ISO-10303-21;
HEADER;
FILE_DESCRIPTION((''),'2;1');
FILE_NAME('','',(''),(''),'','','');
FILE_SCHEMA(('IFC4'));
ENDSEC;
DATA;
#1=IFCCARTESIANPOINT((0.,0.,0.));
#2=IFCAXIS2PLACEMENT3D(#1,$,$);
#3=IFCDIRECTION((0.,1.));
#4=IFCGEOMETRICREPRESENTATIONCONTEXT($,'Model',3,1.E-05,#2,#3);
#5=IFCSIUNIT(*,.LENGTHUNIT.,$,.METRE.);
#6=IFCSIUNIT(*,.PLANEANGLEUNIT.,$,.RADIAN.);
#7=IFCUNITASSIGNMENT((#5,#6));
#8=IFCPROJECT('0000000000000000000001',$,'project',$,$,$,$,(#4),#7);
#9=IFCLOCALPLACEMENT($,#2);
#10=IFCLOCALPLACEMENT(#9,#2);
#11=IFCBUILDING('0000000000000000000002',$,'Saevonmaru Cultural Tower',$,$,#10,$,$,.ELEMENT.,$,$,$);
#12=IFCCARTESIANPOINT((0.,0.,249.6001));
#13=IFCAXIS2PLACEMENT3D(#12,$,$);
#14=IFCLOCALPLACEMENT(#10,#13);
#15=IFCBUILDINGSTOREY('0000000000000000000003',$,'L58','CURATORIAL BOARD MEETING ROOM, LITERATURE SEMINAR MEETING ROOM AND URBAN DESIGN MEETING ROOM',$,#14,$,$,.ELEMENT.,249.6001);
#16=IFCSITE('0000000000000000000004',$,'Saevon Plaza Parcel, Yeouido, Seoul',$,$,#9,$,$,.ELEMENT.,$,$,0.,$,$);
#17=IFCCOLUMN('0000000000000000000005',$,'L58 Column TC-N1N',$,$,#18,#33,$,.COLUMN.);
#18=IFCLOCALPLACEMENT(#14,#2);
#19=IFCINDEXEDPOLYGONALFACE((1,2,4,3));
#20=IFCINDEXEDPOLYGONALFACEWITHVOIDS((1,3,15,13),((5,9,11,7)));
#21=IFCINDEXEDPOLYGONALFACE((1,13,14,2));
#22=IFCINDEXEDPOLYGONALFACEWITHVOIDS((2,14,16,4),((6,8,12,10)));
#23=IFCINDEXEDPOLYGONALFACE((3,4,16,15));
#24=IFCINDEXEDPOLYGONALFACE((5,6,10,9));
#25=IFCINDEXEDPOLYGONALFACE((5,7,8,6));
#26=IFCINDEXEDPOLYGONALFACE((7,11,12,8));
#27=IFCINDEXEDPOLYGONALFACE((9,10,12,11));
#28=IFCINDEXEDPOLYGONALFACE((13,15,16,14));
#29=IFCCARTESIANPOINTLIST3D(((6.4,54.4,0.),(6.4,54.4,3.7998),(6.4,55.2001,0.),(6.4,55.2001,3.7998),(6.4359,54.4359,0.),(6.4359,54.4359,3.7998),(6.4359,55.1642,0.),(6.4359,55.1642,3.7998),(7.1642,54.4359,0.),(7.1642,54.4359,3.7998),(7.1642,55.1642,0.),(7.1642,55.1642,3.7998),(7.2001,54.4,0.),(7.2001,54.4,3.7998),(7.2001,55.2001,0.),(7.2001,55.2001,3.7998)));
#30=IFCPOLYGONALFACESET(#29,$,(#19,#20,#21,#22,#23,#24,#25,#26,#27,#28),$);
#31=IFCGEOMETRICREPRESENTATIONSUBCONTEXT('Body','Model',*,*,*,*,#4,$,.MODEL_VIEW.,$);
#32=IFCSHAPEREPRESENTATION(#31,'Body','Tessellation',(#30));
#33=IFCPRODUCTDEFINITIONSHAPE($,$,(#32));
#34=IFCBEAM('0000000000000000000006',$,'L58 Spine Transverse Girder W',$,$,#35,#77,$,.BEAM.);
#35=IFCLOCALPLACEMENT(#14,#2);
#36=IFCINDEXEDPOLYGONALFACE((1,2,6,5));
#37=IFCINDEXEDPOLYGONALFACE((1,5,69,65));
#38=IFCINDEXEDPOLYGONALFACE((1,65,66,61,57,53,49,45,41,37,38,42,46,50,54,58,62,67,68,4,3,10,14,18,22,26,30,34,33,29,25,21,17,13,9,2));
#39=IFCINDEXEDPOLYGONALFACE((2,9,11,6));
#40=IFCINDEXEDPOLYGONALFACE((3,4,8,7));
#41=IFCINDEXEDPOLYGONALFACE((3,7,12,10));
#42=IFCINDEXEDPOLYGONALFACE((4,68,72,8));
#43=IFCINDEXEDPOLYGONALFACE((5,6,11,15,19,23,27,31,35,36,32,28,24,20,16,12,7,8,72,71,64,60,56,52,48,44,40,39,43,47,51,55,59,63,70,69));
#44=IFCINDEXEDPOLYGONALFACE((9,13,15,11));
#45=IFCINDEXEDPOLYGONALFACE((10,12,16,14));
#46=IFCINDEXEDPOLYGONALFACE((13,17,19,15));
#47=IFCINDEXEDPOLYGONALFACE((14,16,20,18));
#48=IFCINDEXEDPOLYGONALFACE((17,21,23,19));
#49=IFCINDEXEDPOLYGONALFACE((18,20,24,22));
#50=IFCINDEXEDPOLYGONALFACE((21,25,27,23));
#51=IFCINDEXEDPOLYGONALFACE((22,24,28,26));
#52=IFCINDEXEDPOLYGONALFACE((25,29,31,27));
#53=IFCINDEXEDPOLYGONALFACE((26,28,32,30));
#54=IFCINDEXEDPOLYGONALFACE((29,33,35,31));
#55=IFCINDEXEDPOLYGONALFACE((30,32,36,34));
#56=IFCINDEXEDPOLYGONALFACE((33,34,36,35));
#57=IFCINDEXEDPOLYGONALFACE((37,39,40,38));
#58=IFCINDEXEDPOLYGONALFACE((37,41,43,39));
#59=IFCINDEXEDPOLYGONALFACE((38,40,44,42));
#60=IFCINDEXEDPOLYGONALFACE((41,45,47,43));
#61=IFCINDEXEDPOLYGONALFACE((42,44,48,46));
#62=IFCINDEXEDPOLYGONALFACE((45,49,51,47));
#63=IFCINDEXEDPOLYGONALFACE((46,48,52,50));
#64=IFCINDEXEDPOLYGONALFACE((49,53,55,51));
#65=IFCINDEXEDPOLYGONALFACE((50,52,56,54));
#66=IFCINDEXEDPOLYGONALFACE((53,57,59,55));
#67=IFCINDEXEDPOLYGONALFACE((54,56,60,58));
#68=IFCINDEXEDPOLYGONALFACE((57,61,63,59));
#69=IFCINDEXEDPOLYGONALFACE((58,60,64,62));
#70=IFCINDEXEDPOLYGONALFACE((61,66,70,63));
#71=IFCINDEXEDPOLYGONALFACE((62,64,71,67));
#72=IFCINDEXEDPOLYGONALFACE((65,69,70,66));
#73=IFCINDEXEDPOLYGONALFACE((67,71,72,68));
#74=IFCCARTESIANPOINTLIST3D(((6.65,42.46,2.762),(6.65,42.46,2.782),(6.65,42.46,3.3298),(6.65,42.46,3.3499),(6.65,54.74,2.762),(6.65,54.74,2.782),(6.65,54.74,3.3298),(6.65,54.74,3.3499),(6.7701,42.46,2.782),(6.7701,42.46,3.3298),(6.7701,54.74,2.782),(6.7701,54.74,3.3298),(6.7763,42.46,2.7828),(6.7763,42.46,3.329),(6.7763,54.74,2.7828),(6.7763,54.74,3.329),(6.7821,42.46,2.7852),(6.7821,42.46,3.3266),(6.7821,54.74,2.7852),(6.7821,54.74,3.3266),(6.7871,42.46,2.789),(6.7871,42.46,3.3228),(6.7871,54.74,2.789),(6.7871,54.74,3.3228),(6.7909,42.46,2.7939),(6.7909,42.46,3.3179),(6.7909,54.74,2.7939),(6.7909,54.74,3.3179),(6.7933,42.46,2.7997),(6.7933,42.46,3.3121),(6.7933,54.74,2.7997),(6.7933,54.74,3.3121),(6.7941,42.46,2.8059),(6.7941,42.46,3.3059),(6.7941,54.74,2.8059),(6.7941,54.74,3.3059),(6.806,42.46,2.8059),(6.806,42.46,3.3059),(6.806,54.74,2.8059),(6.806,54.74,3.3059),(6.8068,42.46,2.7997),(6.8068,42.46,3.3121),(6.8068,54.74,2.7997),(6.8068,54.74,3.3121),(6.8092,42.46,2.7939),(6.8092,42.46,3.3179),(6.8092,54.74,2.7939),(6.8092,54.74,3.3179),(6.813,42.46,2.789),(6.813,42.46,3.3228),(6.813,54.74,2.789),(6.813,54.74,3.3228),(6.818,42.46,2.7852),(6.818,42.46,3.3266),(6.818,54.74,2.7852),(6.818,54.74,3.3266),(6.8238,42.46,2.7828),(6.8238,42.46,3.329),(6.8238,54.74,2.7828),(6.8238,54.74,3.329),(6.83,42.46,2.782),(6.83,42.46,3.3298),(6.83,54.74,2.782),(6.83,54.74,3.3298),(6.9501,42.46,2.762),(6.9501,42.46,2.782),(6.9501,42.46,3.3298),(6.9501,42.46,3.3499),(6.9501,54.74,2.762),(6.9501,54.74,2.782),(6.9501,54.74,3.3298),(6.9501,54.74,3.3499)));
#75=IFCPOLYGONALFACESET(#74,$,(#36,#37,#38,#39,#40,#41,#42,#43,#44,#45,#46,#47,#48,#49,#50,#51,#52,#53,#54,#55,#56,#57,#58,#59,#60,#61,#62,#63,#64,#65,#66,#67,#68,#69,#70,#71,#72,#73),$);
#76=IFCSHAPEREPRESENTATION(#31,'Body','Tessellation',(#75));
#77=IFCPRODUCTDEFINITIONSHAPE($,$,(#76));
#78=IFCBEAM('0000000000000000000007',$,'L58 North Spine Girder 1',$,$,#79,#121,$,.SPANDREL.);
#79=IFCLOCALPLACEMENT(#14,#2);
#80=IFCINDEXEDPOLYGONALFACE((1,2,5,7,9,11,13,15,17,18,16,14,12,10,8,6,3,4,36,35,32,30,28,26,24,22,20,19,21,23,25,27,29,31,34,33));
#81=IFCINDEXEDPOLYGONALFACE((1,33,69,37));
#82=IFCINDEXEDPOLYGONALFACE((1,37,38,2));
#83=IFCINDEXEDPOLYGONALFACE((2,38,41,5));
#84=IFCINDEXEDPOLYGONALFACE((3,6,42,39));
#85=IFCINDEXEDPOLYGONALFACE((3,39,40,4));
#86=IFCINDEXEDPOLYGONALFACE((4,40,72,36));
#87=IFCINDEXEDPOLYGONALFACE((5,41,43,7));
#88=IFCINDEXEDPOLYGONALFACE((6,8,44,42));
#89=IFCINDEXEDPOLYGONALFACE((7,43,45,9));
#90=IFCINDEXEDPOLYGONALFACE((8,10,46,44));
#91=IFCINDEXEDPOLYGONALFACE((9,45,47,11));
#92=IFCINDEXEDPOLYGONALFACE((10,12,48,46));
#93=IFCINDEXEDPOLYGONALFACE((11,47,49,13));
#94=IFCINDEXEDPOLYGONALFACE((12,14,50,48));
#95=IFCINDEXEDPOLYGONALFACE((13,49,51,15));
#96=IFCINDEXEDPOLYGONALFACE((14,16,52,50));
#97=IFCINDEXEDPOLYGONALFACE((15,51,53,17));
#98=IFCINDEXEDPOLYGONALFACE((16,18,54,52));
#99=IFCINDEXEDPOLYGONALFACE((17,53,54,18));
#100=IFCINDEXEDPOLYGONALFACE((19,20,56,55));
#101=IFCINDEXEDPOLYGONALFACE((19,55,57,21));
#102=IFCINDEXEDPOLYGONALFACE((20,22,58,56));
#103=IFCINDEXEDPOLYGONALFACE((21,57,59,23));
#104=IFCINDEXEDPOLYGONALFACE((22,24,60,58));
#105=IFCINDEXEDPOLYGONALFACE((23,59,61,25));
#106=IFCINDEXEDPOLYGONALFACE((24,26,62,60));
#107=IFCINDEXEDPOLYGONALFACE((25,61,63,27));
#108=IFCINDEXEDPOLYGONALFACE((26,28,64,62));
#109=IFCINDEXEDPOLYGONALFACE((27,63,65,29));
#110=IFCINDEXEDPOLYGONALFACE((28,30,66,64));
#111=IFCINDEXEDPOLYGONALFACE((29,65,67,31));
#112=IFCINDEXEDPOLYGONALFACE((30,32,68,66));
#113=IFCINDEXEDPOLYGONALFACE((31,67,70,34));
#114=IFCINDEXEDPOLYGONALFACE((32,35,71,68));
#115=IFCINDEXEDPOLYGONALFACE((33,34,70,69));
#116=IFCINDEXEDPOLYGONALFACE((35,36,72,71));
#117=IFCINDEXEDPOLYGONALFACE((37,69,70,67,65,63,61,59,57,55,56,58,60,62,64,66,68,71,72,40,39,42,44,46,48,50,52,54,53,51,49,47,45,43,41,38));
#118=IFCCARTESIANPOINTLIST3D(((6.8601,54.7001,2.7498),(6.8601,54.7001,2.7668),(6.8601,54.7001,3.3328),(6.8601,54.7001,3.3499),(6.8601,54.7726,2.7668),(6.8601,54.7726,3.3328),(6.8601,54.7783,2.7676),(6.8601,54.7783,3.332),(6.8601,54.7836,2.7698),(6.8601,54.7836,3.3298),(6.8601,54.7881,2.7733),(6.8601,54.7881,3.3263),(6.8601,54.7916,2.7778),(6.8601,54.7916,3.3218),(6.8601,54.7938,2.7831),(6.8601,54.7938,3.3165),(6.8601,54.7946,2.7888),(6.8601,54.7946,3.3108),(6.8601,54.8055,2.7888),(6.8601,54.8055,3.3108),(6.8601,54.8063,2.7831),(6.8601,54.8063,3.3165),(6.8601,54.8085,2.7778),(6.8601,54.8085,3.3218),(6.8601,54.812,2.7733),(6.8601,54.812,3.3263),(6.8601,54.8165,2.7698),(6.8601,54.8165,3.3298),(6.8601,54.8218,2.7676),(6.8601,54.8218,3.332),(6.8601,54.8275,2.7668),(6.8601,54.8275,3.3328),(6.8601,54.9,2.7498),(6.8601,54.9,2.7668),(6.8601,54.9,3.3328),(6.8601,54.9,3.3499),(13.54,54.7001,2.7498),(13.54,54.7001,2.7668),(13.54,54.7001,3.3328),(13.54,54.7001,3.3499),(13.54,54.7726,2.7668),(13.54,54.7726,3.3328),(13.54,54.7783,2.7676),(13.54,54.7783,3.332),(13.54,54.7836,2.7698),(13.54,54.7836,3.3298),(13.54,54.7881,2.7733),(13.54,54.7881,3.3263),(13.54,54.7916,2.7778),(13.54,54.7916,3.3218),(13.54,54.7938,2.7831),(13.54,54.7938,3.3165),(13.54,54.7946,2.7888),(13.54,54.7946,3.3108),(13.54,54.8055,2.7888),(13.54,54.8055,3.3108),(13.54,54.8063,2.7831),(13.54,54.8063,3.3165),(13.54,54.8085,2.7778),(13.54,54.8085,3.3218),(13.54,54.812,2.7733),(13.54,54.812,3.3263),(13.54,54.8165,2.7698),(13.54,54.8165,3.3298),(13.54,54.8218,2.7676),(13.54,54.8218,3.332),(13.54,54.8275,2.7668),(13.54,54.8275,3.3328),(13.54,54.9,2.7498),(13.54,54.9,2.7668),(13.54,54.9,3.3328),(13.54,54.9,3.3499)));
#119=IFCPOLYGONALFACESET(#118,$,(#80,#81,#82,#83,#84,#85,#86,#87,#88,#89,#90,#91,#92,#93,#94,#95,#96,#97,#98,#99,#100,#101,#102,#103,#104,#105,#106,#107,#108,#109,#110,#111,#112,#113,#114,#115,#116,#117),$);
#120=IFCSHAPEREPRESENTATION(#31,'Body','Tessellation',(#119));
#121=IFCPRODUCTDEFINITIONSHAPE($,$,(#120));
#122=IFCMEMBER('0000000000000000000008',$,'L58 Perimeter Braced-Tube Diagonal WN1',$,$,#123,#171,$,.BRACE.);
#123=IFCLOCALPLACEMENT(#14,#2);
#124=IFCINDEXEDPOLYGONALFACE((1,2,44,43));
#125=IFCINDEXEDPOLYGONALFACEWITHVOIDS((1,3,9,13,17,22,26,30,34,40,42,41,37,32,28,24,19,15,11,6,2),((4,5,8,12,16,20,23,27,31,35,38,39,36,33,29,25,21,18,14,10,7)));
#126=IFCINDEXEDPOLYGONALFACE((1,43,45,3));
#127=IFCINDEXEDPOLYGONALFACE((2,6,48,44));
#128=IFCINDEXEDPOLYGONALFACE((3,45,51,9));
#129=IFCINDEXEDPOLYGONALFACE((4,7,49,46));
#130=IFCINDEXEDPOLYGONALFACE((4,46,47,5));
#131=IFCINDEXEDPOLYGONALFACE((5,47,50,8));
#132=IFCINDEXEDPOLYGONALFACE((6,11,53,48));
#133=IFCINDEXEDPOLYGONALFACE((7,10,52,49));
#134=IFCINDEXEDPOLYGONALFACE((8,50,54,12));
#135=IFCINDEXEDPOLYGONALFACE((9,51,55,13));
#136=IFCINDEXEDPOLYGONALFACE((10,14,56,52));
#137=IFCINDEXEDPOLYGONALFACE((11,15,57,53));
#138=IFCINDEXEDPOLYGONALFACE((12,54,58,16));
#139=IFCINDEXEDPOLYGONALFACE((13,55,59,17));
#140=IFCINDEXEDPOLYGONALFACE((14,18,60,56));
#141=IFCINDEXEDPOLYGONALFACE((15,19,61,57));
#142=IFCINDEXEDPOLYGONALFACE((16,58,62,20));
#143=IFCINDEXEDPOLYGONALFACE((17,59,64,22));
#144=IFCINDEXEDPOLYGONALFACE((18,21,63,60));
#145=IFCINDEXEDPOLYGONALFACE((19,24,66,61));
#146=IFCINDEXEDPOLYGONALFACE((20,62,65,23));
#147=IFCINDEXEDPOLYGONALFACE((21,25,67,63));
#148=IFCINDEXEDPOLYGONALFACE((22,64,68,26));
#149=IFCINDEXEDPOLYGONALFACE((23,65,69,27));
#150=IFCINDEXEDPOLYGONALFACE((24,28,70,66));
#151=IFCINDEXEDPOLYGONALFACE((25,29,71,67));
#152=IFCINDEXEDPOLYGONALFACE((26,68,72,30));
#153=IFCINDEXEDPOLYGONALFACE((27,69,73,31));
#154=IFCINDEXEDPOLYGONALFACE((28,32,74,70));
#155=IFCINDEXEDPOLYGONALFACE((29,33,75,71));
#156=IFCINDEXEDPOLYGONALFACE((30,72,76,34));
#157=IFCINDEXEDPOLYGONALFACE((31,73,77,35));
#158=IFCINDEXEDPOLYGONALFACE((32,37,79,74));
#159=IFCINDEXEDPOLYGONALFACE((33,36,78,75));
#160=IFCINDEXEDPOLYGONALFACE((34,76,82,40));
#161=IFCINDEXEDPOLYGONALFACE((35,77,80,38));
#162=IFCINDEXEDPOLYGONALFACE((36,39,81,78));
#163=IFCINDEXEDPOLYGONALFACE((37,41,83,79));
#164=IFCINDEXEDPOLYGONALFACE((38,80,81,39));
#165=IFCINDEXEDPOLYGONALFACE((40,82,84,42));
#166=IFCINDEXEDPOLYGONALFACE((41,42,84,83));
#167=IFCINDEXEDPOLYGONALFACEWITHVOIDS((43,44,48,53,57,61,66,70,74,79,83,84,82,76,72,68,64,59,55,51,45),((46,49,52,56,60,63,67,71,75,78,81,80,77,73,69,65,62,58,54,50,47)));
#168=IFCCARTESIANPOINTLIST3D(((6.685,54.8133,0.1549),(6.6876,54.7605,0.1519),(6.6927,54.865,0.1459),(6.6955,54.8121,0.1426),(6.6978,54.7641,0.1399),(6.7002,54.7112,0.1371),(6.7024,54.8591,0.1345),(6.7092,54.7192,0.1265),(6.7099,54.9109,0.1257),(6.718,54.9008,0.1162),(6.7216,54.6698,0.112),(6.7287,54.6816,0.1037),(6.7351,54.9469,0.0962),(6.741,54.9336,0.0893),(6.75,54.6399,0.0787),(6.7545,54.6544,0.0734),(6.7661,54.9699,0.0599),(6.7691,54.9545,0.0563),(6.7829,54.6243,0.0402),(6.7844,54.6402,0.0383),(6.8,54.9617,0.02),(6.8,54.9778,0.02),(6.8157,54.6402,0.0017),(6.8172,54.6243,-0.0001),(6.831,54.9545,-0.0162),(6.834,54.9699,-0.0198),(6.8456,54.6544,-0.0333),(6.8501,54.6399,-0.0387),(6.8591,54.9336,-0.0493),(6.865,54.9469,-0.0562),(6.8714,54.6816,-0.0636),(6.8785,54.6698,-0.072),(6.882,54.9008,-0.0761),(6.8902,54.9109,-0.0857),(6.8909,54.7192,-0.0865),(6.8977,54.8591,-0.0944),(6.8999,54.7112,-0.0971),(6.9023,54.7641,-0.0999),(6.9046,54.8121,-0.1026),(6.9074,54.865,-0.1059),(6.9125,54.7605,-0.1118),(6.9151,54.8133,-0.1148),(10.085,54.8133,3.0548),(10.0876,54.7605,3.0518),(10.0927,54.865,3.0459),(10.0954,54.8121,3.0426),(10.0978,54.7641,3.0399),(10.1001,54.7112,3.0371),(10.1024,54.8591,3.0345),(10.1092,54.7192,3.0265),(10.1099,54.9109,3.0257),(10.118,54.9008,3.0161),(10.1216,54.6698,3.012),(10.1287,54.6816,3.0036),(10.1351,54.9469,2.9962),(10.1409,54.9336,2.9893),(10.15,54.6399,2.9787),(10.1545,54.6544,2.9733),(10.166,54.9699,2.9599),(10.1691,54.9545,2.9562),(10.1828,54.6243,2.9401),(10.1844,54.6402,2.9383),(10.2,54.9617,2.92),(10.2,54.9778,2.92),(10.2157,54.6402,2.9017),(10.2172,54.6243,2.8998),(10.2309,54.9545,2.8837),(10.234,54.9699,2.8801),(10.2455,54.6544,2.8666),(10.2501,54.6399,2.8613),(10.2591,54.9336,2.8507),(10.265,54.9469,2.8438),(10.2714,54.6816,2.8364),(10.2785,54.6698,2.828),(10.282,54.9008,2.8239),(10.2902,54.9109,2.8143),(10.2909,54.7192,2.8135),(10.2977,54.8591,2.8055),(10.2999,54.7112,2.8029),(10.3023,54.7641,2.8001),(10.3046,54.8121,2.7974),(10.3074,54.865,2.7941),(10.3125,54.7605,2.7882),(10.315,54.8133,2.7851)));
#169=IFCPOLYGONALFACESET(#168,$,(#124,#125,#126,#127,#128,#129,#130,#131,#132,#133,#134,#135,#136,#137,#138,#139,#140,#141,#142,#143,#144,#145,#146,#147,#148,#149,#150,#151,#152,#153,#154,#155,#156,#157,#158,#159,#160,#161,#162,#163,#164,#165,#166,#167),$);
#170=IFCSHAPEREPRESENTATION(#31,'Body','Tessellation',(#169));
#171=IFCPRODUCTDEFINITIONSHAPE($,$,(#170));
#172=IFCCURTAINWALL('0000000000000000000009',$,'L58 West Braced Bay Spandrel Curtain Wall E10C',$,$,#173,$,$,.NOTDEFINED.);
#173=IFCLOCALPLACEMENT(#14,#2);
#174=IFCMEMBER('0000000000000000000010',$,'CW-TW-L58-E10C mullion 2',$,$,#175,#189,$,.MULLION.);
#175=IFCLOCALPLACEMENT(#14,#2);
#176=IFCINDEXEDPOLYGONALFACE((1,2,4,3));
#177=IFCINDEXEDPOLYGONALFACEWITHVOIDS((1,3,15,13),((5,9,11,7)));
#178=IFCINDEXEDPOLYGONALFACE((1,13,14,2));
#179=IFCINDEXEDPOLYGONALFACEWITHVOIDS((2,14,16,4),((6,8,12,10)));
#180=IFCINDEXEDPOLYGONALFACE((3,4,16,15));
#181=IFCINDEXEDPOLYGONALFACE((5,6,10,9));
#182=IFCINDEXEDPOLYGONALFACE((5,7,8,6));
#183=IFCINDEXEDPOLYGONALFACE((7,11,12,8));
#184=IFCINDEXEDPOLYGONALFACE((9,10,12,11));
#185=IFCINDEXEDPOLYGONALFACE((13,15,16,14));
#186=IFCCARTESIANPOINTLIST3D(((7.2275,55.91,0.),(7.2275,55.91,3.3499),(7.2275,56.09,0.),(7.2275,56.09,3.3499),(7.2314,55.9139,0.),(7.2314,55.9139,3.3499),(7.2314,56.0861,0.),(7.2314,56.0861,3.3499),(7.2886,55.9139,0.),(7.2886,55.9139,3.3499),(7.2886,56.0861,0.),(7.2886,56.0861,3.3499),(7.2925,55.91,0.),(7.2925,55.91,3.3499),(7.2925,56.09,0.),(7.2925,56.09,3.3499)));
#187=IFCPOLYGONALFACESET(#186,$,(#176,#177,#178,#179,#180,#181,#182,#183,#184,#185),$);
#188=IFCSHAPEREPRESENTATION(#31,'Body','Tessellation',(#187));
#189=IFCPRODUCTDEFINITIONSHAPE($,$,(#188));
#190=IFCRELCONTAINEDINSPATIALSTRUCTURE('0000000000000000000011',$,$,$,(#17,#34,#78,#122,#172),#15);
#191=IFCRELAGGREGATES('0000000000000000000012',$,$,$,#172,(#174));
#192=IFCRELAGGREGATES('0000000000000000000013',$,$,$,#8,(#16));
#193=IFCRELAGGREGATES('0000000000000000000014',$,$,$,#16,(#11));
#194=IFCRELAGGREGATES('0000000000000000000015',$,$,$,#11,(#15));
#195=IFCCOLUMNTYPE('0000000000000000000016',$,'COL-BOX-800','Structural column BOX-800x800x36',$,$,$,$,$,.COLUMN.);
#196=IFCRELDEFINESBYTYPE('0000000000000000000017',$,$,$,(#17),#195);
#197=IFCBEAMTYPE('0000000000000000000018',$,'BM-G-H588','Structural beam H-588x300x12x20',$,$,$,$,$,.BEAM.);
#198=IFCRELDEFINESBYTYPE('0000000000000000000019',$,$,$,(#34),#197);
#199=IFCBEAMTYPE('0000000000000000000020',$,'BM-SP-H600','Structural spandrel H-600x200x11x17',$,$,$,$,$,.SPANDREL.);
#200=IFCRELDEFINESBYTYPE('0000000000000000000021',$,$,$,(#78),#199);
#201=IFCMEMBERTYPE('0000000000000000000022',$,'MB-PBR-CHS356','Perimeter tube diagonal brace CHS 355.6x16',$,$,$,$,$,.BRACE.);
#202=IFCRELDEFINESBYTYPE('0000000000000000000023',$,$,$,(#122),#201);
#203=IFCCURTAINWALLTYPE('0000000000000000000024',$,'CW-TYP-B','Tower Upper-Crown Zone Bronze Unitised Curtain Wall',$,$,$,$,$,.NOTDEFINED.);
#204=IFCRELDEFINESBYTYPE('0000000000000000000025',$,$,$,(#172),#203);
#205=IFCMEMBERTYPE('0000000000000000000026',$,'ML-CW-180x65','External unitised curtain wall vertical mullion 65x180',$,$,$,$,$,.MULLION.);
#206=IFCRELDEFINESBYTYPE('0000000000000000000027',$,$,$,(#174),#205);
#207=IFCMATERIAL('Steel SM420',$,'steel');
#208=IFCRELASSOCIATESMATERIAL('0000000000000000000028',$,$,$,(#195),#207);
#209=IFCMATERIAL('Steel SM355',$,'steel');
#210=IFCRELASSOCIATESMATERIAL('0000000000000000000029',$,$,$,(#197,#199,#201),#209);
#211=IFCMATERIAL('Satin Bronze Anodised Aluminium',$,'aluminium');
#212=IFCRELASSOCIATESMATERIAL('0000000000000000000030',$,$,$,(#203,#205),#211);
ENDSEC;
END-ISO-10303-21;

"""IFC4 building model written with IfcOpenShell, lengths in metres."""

from ifc_helpers import new_model, si_unit, direction, frame, origin, origin_2d, place, context, subcontext, project, spatial, hollow_rectangle, hollow_circle, i_section, extrude, material, material_profile, profile_set, type_object, element, aggregate, save


model = new_model("IFC4")

# Units and contexts
model_context = context("Model", 3, precision=1e-05, world=origin(), true_north=direction((0.0, 1.0)))
body_context = subcontext(model_context, "Body", "Model", "MODEL_VIEW")
ifc_project = project(units=[si_unit("LENGTHUNIT", "METRE"), si_unit("PLANEANGLEUNIT", "RADIAN")], contexts=[model_context])

# Site, building, storey
site_placement = place(None, origin())
site = spatial("IfcSite", under=ifc_project, at=site_placement, Name="Saevon Plaza Parcel, Yeouido, Seoul", CompositionType="ELEMENT", RefElevation=0.0)
building_placement = place(site_placement, origin())
building = spatial("IfcBuilding", under=site, at=building_placement, Name="Saevonmaru Cultural Tower", CompositionType="ELEMENT")
storey_placement = place(building_placement, frame((0.0, 0.0, 249.6001)))
storey = spatial("IfcBuildingStorey", under=building, at=storey_placement, Name="L58", Description="CURATORIAL BOARD MEETING ROOM, LITERATURE SEMINAR MEETING ROOM AND URBAN DESIGN MEETING ROOM", CompositionType="ELEMENT", Elevation=249.6001)

# Column
ifc_material_1 = material(Name="Steel SM420", Category="steel")
ifc_material_profile_1 = material_profile(ifc_material_1, hollow_rectangle(XDim=0.8, YDim=0.8, WallThickness=0.0359, at=origin_2d()), Name="BOX-800x800x36")
ifc_profile_set_1 = profile_set([ifc_material_profile_1], Name="Steel SM420")
column_type = type_object("IfcColumnType", Name="COL-BOX-800", Description="Structural column BOX-800x800x36", PredefinedType="COLUMN", material=ifc_profile_set_1)
column_placement = place(storey_placement, frame((6.8, 54.8, 0.0), z_axis=(0.0, 0.0, 1.0), x_axis=(1.0, 0.0, 0.0)))
element("IfcColumn", 1, at=column_placement, inside=storey, type_object=column_type, Name="L58 Column TC-N1N", PredefinedType="COLUMN", context=body_context, shape_type="SweptSolid", body=[
    extrude(hollow_rectangle(XDim=0.8, YDim=0.8, WallThickness=0.0359, at=origin_2d()), origin(), (0.0, 0.0, 1.0), 3.7998),
])

# Beams
ifc_material_2 = material(Name="Steel SM355", Category="steel")
ifc_material_profile_2 = material_profile(ifc_material_2, i_section(OverallWidth=0.3, OverallDepth=0.5879, WebThickness=0.012, FlangeThickness=0.02, FilletRadius=0.0239, at=origin_2d()), Name="H-588x300x12x20")
ifc_profile_set_2 = profile_set([ifc_material_profile_2], Name="Steel SM355")
beam_type_1 = type_object("IfcBeamType", Name="BM-G-H588", Description="Structural beam H-588x300x12x20", PredefinedType="BEAM", material=ifc_profile_set_2)
beam_1_placement = place(storey_placement, frame((6.8, 54.74, 3.0559), z_axis=(0.0, -1.0, 0.0), x_axis=(1.0, 0.0, 0.0)))
element("IfcBeam", 2, at=beam_1_placement, inside=storey, type_object=beam_type_1, Name="L58 Spine Transverse Girder W", PredefinedType="BEAM", context=body_context, shape_type="SweptSolid", body=[
    extrude(i_section(OverallWidth=0.3, OverallDepth=0.5879, WebThickness=0.012, FlangeThickness=0.02, FilletRadius=0.0239, at=origin_2d()), origin(), (0.0, 0.0, 1.0), 12.28),
])
ifc_material_profile_3 = material_profile(ifc_material_2, i_section(OverallWidth=0.2, OverallDepth=0.6001, WebThickness=0.011, FlangeThickness=0.0171, FilletRadius=0.022, at=origin_2d()), Name="H-600x200x11x17")
ifc_profile_set_3 = profile_set([ifc_material_profile_3], Name="Steel SM355")
beam_type_2 = type_object("IfcBeamType", Name="BM-SP-H600", Description="Structural spandrel H-600x200x11x17", PredefinedType="SPANDREL", material=ifc_profile_set_3)
beam_2_placement = place(storey_placement, frame((6.8601, 54.8, 3.0498), z_axis=(1.0, 0.0, 0.0), x_axis=(0.0, 1.0, 0.0)))
element("IfcBeam", 3, at=beam_2_placement, inside=storey, type_object=beam_type_2, Name="L58 North Spine Girder 1", PredefinedType="SPANDREL", context=body_context, shape_type="SweptSolid", body=[
    extrude(i_section(OverallWidth=0.2, OverallDepth=0.6001, WebThickness=0.011, FlangeThickness=0.0171, FilletRadius=0.022, at=origin_2d()), origin(), (0.0, 0.0, 1.0), 6.6799),
])

# Member
ifc_material_profile_4 = material_profile(ifc_material_2, hollow_circle(Radius=0.1777, WallThickness=0.0161, at=origin_2d()), Name="CHS-355.6x16")
ifc_profile_set_4 = profile_set([ifc_material_profile_4], Name="Steel SM355")
member_type_1 = type_object("IfcMemberType", Name="MB-PBR-CHS356", Description="Perimeter tube diagonal brace CHS 355.6x16", PredefinedType="BRACE", material=ifc_profile_set_4)
member_1_placement = place(storey_placement, frame((6.8, 54.8, 0.02), z_axis=(0.760836, 0.0, 0.648945), x_axis=(0.0, 1.0, 0.0)))
element("IfcMember", 4, at=member_1_placement, inside=storey, type_object=member_type_1, Name="L58 Perimeter Braced-Tube Diagonal WN1", PredefinedType="BRACE", context=body_context, shape_type="SweptSolid", body=[
    extrude(hollow_circle(Radius=0.1777, WallThickness=0.0161, at=origin_2d()), origin(), (0.0, 0.0, 1.0), 4.4688),
])

# Curtain wall, member
ifc_material_3 = material(Name="Satin Bronze Anodised Aluminium", Category="aluminium")
curtain_wall_type = type_object("IfcCurtainWallType", Name="CW-TYP-B", Description="Tower Upper-Crown Zone Bronze Unitised Curtain Wall", PredefinedType="NOTDEFINED", material=ifc_material_3)
curtain_wall_1_placement = place(storey_placement, origin())
curtain_wall_1 = element("IfcCurtainWall", 5, at=curtain_wall_1_placement, inside=storey, type_object=curtain_wall_type, Name="L58 West Braced Bay Spandrel Curtain Wall E10C", PredefinedType="NOTDEFINED")
ifc_material_profile_5 = material_profile(ifc_material_3, hollow_rectangle(XDim=0.0649, YDim=0.1799, WallThickness=0.0039, at=origin_2d()), Name="ALU-MULL-180x65x4")
ifc_profile_set_5 = profile_set([ifc_material_profile_5], Name="Satin Bronze Anodised Aluminium")
member_type_2 = type_object("IfcMemberType", Name="ML-CW-180x65", Description="External unitised curtain wall vertical mullion 65x180", PredefinedType="MULLION", material=ifc_profile_set_5)
member_2_placement = place(storey_placement, frame((7.26, 56.0, 0.0), z_axis=(0.0, 0.0, 1.0), x_axis=(-1.0, 0.0, 0.0)))
member_2 = element("IfcMember", 6, at=member_2_placement, type_object=member_type_2, Name="CW-TW-L58-E10C mullion 2", PredefinedType="MULLION", context=body_context, shape_type="SweptSolid", body=[
    extrude(hollow_rectangle(XDim=0.0649, YDim=0.1799, WallThickness=0.0039, at=origin_2d()), origin(), (0.0, 0.0, 1.0), 3.3499),
])

aggregate(curtain_wall_1, [member_2])

save(model, "model.ifc")
